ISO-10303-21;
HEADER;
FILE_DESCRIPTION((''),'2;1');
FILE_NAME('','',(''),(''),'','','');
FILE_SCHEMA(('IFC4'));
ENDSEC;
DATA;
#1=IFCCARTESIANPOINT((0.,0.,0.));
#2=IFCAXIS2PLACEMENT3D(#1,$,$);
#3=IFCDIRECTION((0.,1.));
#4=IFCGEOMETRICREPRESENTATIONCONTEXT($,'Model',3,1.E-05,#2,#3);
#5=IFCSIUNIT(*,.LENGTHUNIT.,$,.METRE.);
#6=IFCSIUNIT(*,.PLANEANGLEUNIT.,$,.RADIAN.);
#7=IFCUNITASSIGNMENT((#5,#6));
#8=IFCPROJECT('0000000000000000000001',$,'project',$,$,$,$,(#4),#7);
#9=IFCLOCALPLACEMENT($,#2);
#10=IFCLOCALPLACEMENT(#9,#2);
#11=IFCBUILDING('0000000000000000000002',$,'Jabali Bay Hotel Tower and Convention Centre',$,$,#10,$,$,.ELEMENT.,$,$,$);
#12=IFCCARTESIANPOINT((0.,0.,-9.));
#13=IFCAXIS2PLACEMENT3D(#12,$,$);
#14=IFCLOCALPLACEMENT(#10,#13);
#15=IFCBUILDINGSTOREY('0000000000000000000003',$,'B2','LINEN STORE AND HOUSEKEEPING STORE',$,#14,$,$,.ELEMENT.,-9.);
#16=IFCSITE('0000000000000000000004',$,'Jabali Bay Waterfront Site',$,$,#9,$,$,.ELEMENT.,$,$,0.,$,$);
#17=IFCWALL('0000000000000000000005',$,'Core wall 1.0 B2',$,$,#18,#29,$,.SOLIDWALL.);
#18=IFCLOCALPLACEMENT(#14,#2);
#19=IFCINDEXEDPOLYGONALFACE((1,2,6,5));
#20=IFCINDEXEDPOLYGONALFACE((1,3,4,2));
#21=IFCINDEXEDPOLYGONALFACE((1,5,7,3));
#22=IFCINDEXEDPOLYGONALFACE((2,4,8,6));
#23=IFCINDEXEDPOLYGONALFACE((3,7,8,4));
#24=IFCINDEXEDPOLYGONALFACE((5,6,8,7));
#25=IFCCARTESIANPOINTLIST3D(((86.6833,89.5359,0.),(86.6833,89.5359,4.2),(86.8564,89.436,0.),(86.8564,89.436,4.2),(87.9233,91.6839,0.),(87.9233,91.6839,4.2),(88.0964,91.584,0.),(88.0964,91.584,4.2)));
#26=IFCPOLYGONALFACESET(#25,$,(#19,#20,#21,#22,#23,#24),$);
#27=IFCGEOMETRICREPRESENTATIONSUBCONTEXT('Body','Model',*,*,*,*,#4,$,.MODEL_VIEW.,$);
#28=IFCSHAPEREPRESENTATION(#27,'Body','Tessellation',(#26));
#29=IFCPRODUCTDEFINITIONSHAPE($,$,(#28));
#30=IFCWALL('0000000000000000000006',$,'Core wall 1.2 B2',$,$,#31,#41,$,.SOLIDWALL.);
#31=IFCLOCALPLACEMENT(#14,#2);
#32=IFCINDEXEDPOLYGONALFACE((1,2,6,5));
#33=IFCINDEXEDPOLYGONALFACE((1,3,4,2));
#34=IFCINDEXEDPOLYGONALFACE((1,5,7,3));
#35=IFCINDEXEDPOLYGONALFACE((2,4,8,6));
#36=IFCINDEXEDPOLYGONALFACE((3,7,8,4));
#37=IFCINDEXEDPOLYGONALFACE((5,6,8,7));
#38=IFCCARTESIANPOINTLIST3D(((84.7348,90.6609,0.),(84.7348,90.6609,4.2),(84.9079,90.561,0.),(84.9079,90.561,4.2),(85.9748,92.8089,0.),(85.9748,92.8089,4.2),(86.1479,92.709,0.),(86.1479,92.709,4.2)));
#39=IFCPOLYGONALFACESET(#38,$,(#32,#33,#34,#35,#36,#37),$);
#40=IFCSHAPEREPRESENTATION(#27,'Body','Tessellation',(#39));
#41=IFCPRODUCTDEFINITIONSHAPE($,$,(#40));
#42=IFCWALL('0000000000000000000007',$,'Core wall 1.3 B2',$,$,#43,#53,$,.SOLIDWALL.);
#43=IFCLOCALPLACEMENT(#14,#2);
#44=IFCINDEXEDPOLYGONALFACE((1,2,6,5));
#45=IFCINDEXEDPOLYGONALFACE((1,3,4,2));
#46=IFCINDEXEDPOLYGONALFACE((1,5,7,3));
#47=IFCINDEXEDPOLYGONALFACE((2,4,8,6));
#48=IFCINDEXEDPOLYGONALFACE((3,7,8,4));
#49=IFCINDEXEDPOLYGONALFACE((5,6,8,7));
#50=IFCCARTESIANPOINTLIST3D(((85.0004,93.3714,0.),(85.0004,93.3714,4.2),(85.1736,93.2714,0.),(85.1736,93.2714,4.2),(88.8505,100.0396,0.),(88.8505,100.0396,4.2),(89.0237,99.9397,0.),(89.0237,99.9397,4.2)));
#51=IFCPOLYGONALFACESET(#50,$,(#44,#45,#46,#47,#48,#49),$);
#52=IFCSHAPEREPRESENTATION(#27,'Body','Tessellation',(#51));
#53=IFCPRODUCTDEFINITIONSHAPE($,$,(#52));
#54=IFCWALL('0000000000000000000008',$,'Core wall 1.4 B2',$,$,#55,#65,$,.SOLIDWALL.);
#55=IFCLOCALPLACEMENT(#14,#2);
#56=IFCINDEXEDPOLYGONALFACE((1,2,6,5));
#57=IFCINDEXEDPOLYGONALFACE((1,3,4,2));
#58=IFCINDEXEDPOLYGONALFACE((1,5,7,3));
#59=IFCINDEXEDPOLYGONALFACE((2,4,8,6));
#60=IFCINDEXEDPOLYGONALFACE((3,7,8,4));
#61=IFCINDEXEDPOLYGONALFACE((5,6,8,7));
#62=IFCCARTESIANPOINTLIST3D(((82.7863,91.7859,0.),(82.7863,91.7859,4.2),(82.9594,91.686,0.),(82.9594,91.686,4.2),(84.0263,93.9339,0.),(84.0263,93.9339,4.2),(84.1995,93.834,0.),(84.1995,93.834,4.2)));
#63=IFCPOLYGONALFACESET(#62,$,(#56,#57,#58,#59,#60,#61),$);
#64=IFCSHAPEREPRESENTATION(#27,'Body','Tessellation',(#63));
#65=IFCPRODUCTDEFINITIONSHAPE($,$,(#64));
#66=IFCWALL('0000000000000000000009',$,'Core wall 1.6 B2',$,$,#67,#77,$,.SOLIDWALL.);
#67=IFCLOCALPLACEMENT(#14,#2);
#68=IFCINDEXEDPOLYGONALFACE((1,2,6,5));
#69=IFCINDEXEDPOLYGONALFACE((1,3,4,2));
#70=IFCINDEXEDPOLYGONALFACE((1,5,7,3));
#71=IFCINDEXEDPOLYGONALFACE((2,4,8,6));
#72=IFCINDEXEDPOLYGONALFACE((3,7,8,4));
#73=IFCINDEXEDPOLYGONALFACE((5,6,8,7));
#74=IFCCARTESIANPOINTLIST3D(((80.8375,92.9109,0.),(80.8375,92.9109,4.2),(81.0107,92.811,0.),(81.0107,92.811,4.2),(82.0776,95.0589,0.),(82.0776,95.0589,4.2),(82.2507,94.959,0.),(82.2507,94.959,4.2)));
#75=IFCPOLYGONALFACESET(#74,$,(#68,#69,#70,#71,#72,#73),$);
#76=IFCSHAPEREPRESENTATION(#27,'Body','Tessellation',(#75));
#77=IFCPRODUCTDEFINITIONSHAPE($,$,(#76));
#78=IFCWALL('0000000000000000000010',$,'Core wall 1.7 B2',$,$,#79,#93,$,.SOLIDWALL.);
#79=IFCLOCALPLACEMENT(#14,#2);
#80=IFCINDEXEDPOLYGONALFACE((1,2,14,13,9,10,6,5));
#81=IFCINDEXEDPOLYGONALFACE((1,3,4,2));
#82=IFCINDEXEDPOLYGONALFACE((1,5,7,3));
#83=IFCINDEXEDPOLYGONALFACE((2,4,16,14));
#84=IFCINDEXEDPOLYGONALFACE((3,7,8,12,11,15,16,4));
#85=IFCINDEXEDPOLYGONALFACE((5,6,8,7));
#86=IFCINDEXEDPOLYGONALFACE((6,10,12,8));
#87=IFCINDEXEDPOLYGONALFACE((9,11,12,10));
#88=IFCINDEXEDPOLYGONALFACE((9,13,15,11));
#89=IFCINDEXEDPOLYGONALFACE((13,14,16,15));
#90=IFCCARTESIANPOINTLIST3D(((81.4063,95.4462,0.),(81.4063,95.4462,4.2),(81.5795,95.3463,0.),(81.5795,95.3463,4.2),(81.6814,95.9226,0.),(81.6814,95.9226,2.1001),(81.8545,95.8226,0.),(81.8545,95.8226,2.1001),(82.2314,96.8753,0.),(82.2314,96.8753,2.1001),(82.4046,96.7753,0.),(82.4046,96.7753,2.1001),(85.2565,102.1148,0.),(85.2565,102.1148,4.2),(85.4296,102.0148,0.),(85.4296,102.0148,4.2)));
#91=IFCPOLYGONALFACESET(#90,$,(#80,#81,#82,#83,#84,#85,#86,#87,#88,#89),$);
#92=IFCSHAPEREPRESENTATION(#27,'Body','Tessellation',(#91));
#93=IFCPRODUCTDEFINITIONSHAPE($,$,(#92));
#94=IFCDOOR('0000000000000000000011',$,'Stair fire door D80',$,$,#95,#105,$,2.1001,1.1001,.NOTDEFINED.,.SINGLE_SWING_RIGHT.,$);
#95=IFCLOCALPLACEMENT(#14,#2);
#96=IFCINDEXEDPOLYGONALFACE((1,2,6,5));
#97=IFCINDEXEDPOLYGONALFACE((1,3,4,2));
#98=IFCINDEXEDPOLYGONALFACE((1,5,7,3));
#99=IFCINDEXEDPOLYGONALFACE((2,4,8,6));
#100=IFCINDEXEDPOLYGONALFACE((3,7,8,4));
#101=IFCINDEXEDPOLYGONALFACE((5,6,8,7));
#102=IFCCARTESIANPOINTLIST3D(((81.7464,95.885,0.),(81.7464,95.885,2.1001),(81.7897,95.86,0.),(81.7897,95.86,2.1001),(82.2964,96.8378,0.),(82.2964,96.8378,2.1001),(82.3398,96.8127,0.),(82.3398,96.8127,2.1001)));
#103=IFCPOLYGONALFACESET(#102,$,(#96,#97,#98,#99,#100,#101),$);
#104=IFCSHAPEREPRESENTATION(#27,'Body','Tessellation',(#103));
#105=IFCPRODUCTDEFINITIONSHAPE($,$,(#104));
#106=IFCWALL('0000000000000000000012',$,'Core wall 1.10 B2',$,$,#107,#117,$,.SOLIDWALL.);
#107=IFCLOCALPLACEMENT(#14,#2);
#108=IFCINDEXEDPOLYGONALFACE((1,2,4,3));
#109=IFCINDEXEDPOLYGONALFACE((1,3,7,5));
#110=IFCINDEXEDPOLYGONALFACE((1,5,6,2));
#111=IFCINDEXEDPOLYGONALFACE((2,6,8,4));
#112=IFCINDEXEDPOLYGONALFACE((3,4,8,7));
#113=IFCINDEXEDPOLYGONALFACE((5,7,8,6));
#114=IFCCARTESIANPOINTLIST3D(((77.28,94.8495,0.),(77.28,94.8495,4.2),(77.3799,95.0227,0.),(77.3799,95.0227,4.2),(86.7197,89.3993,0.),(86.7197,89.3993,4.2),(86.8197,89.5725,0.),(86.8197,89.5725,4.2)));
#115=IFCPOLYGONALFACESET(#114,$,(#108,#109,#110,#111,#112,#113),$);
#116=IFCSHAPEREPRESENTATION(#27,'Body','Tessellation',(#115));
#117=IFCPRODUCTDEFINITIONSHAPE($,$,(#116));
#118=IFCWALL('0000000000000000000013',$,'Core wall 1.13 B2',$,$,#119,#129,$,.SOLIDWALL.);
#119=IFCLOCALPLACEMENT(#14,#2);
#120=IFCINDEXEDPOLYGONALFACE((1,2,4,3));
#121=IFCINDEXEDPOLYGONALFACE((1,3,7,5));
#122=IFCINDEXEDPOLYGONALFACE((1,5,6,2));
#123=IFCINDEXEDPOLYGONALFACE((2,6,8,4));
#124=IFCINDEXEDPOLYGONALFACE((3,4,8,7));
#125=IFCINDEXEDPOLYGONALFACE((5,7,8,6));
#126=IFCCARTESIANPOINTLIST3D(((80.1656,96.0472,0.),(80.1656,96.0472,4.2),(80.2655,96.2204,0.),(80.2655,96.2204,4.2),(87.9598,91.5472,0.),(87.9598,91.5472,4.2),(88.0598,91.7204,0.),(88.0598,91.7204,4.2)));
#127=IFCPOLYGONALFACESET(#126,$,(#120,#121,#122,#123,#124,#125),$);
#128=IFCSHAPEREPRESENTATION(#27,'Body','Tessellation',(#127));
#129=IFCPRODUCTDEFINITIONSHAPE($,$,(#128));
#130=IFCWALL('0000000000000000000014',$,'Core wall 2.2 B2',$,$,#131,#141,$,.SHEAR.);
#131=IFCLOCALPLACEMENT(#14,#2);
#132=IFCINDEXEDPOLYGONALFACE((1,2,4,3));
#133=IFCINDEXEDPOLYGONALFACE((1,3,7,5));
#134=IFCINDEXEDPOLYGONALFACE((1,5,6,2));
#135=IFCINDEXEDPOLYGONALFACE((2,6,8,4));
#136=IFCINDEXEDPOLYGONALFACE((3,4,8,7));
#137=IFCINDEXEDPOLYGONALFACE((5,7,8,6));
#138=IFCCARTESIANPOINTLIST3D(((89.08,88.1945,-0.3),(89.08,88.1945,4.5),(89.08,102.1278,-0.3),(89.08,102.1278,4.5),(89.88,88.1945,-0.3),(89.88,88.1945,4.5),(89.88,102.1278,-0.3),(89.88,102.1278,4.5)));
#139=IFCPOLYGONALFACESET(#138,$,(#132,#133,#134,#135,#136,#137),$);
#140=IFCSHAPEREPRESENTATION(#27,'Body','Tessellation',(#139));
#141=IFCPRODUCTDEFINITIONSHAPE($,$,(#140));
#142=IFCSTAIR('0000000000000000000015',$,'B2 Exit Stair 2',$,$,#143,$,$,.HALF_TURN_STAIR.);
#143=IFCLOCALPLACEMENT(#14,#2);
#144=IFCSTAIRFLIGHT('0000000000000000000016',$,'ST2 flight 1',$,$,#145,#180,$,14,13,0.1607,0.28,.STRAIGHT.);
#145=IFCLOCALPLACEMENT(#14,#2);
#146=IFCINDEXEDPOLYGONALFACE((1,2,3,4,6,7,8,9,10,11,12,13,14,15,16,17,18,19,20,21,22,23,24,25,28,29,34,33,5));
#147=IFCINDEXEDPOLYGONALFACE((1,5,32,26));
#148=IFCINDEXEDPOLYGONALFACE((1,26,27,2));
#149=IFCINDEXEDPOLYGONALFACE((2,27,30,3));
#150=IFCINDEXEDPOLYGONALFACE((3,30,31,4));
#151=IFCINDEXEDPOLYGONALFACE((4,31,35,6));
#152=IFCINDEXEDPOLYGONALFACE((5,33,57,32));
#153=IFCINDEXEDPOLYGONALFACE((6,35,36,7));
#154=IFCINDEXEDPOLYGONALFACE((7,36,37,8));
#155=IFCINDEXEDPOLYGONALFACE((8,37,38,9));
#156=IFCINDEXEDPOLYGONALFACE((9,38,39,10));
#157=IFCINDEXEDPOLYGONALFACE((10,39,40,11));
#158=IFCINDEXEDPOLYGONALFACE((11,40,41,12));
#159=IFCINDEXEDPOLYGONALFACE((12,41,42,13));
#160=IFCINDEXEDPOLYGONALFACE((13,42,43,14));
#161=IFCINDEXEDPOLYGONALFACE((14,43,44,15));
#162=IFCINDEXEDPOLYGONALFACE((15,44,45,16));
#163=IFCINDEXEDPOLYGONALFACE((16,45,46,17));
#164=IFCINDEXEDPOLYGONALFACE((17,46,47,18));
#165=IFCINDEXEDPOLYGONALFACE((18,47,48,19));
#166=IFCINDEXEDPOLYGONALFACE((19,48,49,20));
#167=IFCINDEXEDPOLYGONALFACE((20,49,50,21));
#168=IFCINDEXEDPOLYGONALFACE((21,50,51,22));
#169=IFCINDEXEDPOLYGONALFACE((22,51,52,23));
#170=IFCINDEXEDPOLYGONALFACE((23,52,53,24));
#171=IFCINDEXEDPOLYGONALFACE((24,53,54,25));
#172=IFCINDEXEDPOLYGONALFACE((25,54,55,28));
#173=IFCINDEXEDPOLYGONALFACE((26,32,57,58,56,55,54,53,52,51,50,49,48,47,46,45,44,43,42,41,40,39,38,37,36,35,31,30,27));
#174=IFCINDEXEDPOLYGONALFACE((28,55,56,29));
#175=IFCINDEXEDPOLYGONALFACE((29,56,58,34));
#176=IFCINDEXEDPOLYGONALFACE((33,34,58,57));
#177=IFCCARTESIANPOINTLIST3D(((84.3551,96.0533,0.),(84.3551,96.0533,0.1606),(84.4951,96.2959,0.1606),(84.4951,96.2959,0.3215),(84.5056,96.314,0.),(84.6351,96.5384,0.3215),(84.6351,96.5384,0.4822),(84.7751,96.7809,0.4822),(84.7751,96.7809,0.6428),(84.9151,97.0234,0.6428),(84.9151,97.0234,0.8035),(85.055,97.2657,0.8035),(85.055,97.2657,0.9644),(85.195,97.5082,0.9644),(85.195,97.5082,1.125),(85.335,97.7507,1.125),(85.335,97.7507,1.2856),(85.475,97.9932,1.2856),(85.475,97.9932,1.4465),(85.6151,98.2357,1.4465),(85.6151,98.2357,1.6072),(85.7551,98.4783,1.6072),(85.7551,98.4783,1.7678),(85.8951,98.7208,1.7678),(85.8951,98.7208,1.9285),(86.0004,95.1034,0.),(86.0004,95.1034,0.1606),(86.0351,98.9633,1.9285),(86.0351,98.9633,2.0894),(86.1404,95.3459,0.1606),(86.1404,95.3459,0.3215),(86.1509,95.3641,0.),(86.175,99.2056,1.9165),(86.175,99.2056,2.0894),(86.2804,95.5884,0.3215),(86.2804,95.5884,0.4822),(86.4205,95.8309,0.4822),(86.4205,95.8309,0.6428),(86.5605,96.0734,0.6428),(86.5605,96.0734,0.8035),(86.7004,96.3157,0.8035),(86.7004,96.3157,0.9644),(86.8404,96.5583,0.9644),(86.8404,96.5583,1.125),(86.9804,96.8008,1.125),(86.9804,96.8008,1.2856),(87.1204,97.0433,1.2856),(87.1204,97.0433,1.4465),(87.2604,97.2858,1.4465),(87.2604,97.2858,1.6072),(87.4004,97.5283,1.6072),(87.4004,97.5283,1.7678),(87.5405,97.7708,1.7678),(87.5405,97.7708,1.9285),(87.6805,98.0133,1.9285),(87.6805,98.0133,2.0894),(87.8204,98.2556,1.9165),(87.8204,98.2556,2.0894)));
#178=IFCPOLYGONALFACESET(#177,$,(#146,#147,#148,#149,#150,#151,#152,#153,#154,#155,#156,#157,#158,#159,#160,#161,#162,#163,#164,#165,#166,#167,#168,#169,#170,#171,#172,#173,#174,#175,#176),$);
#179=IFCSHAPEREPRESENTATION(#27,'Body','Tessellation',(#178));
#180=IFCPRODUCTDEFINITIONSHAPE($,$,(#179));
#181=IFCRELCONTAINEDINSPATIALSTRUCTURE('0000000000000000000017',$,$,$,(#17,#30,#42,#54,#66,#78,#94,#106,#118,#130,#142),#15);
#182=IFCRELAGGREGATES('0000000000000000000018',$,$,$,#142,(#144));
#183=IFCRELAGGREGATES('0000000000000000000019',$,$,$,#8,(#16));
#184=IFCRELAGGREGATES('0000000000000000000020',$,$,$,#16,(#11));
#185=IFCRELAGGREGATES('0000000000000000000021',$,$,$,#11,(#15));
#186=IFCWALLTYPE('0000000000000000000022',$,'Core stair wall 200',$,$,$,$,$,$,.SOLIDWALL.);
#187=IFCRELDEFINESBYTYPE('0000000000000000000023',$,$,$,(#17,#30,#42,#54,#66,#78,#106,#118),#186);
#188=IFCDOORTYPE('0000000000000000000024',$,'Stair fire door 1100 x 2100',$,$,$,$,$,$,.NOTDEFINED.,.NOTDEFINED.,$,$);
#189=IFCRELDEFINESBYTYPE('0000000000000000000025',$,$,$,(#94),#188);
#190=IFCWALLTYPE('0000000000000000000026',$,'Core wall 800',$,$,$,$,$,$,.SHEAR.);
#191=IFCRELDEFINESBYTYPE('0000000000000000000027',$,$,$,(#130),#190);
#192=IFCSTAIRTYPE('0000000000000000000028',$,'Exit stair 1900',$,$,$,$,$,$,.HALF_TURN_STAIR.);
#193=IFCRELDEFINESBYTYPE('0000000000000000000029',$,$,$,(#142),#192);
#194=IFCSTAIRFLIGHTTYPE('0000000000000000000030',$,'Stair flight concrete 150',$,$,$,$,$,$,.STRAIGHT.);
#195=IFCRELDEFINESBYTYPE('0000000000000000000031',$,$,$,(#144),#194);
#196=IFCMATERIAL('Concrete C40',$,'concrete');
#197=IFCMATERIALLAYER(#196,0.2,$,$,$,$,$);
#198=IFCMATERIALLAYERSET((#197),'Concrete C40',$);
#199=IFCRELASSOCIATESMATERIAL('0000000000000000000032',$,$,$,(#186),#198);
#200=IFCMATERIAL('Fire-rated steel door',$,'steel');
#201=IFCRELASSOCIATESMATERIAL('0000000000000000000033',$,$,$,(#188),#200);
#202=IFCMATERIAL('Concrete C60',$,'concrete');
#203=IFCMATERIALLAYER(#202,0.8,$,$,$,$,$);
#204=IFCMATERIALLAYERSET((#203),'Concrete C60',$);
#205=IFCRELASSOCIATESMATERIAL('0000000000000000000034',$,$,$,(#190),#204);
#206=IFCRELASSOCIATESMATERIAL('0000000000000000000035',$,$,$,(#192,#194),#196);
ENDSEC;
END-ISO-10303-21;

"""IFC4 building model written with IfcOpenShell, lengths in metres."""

from ifc_helpers import new_model, si_unit, direction, frame, frame_2d, origin, place, context, subcontext, project, spatial, polyline, rectangle, outline, extrude, material, layer, layer_set, type_object, element, fill, aggregate, save


model = new_model("IFC4")

# Units and contexts
model_context = context("Model", 3, precision=1e-05, world=origin(), true_north=direction((0.0, 1.0)))
body_context = subcontext(model_context, "Body", "Model", "MODEL_VIEW")
ifc_project = project(units=[si_unit("LENGTHUNIT", "METRE"), si_unit("PLANEANGLEUNIT", "RADIAN")], contexts=[model_context])

# Site, building, storey
site_placement = place(None, origin())
site = spatial("IfcSite", under=ifc_project, at=site_placement, Name="Jabali Bay Waterfront Site", CompositionType="ELEMENT", RefElevation=0.0)
building_placement = place(site_placement, origin())
building = spatial("IfcBuilding", under=site, at=building_placement, Name="Jabali Bay Hotel Tower and Convention Centre", CompositionType="ELEMENT")
storey_placement = place(building_placement, frame((0.0, 0.0, -9.0)))
storey = spatial("IfcBuildingStorey", under=building, at=storey_placement, Name="B2", Description="LINEN STORE AND HOUSEKEEPING STORE", CompositionType="ELEMENT", Elevation=-9.0)

# Shared definitions
ifc_material_1 = material(Name="Concrete C60", Category="concrete")

# Shared definitions
ifc_material_2 = material(Name="Concrete C40", Category="concrete")
ifc_material_3 = material(Name="Fire-rated steel door", Category="steel")

# Walls
ifc_layer_1 = layer(ifc_material_2, 0.2)
ifc_layer_set_1 = layer_set([ifc_layer_1], Name="Concrete C40")
wall_type_1 = type_object("IfcWallType", Name="Core stair wall 200", PredefinedType="SOLIDWALL", material=ifc_layer_set_1)
for number, where, z_axis, x_axis, name in (
    (1, (86.7698, 89.4858, 0.0), (0.0, 0.0, 1.0), (0.499961, 0.866048, 0.0), "Core wall 1.0 B2"),
    (2, (84.8213, 90.6108, 0.0), (0.0, 0.0, 1.0), (0.499961, 0.866048, 0.0), "Core wall 1.2 B2"),
):
    element("IfcWall", number, at=place(storey_placement, frame(where, z_axis=z_axis, x_axis=x_axis)), inside=storey, type_object=wall_type_1, Name=name, PredefinedType="SOLIDWALL", context=body_context, shape_type="SweptSolid", body=[
        extrude(rectangle(XDim=2.4802, YDim=0.2, at=frame_2d((1.2402, 0.0))), origin(), (0.0, 0.0, 1.0), 4.2),
    ])
wall_1_placement = place(storey_placement, frame((85.0869, 93.3213, 0.0), z_axis=(0.0, 0.0, 1.0), x_axis=(0.50002, 0.866014, 0.0)))
element("IfcWall", 3, at=wall_1_placement, inside=storey, type_object=wall_type_1, Name="Core wall 1.3 B2", PredefinedType="SOLIDWALL", context=body_context, shape_type="SweptSolid", body=[
    extrude(rectangle(XDim=7.7, YDim=0.2, at=frame_2d((3.8501, 0.0))), origin(), (0.0, 0.0, 1.0), 4.2),
])
for number, where, z_axis, x_axis, name in (
    (4, (82.8728, 91.7358, 0.0), (0.0, 0.0, 1.0), (0.499961, 0.866048, 0.0), "Core wall 1.4 B2"),
    (5, (80.9241, 92.8608, 0.0), (0.0, 0.0, 1.0), (0.499961, 0.866048, 0.0), "Core wall 1.6 B2"),
):
    element("IfcWall", number, at=place(storey_placement, frame(where, z_axis=z_axis, x_axis=x_axis)), inside=storey, type_object=wall_type_1, Name=name, PredefinedType="SOLIDWALL", context=body_context, shape_type="SweptSolid", body=[
        extrude(rectangle(XDim=2.4802, YDim=0.2, at=frame_2d((1.2402, 0.0))), origin(), (0.0, 0.0, 1.0), 4.2),
    ])

# Wall, opening, door
wall_2_placement = place(storey_placement, frame((81.4929, 95.3962, 0.0), z_axis=(0.0, 0.0, 1.0), x_axis=(0.500006, 0.866022, 0.0)))
wall_2 = element("IfcWall", 6, at=wall_2_placement, inside=storey, type_object=wall_type_1, Name="Core wall 1.7 B2", PredefinedType="SOLIDWALL", context=body_context, shape_type="SweptSolid", body=[
    extrude(rectangle(XDim=7.7002, YDim=0.2, at=frame_2d((3.8501, 0.0))), origin(), (0.0, 0.0, 1.0), 4.2),
])
opening_1_placement = place(wall_2_placement, frame((0.55, 0.0, 0.0)))
opening_1 = element("IfcOpeningElement", 7, at=opening_1_placement, cuts=wall_2, PredefinedType="OPENING", context=body_context, shape_type="SweptSolid", body=[
    extrude(rectangle(XDim=1.1001, YDim=2.1001, at=frame_2d((0.55, 1.05))), frame((0.0, 0.1104, 0.0), z_axis=(0.0, -1.0, 0.0), x_axis=(1.0, 0.0, 0.0)), (0.0, 0.0, 1.0), 0.2209),
])
door_type_1 = type_object("IfcDoorType", Name="Stair fire door 1100 x 2100", OperationType="NOTDEFINED", PredefinedType="NOTDEFINED", material=ifc_material_3)
door_1_placement = place(opening_1_placement, origin())
door_1 = element("IfcDoor", 8, at=door_1_placement, inside=storey, type_object=door_type_1, Name="Stair fire door D80", OperationType="SINGLE_SWING_RIGHT", OverallHeight=2.1001, OverallWidth=1.1001, PredefinedType="NOTDEFINED", context=body_context, shape_type="SweptSolid", body=[
    extrude(rectangle(XDim=1.1001, YDim=2.1001, at=frame_2d((0.55, 1.05))), frame((0.0, 0.0249, 0.0), z_axis=(0.0, -1.0, 0.0), x_axis=(1.0, 0.0, 0.0)), (0.0, 0.0, 1.0), 0.05),
])
fill(opening_1, door_1)

# Walls
wall_3_placement = place(storey_placement, frame((86.7698, 89.4858, 0.0), z_axis=(0.0, 0.0, 1.0), x_axis=(-0.866018, 0.500013, 0.0)))
element("IfcWall", 9, at=wall_3_placement, inside=storey, type_object=wall_type_1, Name="Core wall 1.10 B2", PredefinedType="SOLIDWALL", context=body_context, shape_type="SweptSolid", body=[
    extrude(rectangle(XDim=10.9001, YDim=0.2, at=frame_2d((5.4502, 0.0))), origin(), (0.0, 0.0, 1.0), 4.2),
])
wall_4_placement = place(storey_placement, frame((88.0098, 91.6338, 0.0), z_axis=(0.0, 0.0, 1.0), x_axis=(-0.866024, 0.500002, 0.0)))
element("IfcWall", 10, at=wall_4_placement, inside=storey, type_object=wall_type_1, Name="Core wall 1.13 B2", PredefinedType="SOLIDWALL", context=body_context, shape_type="SweptSolid", body=[
    extrude(rectangle(XDim=9.0, YDim=0.2, at=frame_2d((4.5, 0.0))), origin(), (0.0, 0.0, 1.0), 4.2),
])
ifc_layer_2 = layer(ifc_material_1, 0.8)
ifc_layer_set_2 = layer_set([ifc_layer_2], Name="Concrete C60")
wall_type_2 = type_object("IfcWallType", Name="Core wall 800", PredefinedType="SHEAR", material=ifc_layer_set_2)
wall_5_placement = place(storey_placement, frame((89.48, 88.1943, -0.3), z_axis=(0.0, 0.0, 1.0), x_axis=(0.0, 1.0, 0.0)))
element("IfcWall", 11, at=wall_5_placement, inside=storey, type_object=wall_type_2, Name="Core wall 2.2 B2", PredefinedType="SHEAR", context=body_context, shape_type="SweptSolid", body=[
    extrude(rectangle(XDim=13.9333, YDim=0.8, at=frame_2d((6.9668, 0.0))), origin(), (0.0, 0.0, 1.0), 4.8),
])

# Stair, stair flight
stair_type = type_object("IfcStairType", Name="Exit stair 1900", PredefinedType="HALF_TURN_STAIR", material=ifc_material_2)
stair_placement = place(storey_placement, origin())
stair = element("IfcStair", 12, at=stair_placement, inside=storey, type_object=stair_type, Name="B2 Exit Stair 2", PredefinedType="HALF_TURN_STAIR")
stair_flight_type = type_object("IfcStairFlightType", Name="Stair flight concrete 150", PredefinedType="STRAIGHT", material=ifc_material_2)
stair_flight_placement = place(storey_placement, frame((85.1777, 95.5784, 0.0), z_axis=(0.0, 0.0, 1.0), x_axis=(0.5, 0.866025, 0.0)))
stair_flight = element("IfcStairFlight", 13, at=stair_flight_placement, type_object=stair_flight_type, Name="ST2 flight 1", NumberOfRisers=14, NumberOfTreads=13, PredefinedType="STRAIGHT", RiserHeight=0.1607, TreadLength=0.28, context=body_context, shape_type="SweptSolid", body=[
    extrude(outline(polyline([(0.0, 0.0), (0.0, 0.1606), (0.28, 0.1606), (0.28, 0.3215), (0.5601, 0.3215), (0.5601, 0.4822), (0.8401, 0.4822), (0.8401, 0.6428), (1.1201, 0.6428), (1.1201, 0.8035), (1.3999, 0.8035), (1.3999, 0.9644), (1.6799, 0.9644), (1.6799, 1.125), (1.96, 1.125), (1.96, 1.2856), (2.24, 1.2856), (2.24, 1.4465), (2.52, 1.4465), (2.52, 1.6072), (2.8, 1.6072), (2.8, 1.7678), (3.0801, 1.7678), (3.0801, 1.9285), (3.3601, 1.9285), (3.3601, 2.0894), (3.6399, 2.0894), (3.6399, 2.25), (3.6399, 1.9165), (0.301, 0.0), (0.0, 0.0)])), frame((0.0, 0.95, 0.0), z_axis=(0.0, -1.0, 0.0), x_axis=(1.0, 0.0, 0.0)), (0.0, 0.0, 1.0), 1.8999),
])
aggregate(stair, [stair_flight])

save(model, "model.ifc")
